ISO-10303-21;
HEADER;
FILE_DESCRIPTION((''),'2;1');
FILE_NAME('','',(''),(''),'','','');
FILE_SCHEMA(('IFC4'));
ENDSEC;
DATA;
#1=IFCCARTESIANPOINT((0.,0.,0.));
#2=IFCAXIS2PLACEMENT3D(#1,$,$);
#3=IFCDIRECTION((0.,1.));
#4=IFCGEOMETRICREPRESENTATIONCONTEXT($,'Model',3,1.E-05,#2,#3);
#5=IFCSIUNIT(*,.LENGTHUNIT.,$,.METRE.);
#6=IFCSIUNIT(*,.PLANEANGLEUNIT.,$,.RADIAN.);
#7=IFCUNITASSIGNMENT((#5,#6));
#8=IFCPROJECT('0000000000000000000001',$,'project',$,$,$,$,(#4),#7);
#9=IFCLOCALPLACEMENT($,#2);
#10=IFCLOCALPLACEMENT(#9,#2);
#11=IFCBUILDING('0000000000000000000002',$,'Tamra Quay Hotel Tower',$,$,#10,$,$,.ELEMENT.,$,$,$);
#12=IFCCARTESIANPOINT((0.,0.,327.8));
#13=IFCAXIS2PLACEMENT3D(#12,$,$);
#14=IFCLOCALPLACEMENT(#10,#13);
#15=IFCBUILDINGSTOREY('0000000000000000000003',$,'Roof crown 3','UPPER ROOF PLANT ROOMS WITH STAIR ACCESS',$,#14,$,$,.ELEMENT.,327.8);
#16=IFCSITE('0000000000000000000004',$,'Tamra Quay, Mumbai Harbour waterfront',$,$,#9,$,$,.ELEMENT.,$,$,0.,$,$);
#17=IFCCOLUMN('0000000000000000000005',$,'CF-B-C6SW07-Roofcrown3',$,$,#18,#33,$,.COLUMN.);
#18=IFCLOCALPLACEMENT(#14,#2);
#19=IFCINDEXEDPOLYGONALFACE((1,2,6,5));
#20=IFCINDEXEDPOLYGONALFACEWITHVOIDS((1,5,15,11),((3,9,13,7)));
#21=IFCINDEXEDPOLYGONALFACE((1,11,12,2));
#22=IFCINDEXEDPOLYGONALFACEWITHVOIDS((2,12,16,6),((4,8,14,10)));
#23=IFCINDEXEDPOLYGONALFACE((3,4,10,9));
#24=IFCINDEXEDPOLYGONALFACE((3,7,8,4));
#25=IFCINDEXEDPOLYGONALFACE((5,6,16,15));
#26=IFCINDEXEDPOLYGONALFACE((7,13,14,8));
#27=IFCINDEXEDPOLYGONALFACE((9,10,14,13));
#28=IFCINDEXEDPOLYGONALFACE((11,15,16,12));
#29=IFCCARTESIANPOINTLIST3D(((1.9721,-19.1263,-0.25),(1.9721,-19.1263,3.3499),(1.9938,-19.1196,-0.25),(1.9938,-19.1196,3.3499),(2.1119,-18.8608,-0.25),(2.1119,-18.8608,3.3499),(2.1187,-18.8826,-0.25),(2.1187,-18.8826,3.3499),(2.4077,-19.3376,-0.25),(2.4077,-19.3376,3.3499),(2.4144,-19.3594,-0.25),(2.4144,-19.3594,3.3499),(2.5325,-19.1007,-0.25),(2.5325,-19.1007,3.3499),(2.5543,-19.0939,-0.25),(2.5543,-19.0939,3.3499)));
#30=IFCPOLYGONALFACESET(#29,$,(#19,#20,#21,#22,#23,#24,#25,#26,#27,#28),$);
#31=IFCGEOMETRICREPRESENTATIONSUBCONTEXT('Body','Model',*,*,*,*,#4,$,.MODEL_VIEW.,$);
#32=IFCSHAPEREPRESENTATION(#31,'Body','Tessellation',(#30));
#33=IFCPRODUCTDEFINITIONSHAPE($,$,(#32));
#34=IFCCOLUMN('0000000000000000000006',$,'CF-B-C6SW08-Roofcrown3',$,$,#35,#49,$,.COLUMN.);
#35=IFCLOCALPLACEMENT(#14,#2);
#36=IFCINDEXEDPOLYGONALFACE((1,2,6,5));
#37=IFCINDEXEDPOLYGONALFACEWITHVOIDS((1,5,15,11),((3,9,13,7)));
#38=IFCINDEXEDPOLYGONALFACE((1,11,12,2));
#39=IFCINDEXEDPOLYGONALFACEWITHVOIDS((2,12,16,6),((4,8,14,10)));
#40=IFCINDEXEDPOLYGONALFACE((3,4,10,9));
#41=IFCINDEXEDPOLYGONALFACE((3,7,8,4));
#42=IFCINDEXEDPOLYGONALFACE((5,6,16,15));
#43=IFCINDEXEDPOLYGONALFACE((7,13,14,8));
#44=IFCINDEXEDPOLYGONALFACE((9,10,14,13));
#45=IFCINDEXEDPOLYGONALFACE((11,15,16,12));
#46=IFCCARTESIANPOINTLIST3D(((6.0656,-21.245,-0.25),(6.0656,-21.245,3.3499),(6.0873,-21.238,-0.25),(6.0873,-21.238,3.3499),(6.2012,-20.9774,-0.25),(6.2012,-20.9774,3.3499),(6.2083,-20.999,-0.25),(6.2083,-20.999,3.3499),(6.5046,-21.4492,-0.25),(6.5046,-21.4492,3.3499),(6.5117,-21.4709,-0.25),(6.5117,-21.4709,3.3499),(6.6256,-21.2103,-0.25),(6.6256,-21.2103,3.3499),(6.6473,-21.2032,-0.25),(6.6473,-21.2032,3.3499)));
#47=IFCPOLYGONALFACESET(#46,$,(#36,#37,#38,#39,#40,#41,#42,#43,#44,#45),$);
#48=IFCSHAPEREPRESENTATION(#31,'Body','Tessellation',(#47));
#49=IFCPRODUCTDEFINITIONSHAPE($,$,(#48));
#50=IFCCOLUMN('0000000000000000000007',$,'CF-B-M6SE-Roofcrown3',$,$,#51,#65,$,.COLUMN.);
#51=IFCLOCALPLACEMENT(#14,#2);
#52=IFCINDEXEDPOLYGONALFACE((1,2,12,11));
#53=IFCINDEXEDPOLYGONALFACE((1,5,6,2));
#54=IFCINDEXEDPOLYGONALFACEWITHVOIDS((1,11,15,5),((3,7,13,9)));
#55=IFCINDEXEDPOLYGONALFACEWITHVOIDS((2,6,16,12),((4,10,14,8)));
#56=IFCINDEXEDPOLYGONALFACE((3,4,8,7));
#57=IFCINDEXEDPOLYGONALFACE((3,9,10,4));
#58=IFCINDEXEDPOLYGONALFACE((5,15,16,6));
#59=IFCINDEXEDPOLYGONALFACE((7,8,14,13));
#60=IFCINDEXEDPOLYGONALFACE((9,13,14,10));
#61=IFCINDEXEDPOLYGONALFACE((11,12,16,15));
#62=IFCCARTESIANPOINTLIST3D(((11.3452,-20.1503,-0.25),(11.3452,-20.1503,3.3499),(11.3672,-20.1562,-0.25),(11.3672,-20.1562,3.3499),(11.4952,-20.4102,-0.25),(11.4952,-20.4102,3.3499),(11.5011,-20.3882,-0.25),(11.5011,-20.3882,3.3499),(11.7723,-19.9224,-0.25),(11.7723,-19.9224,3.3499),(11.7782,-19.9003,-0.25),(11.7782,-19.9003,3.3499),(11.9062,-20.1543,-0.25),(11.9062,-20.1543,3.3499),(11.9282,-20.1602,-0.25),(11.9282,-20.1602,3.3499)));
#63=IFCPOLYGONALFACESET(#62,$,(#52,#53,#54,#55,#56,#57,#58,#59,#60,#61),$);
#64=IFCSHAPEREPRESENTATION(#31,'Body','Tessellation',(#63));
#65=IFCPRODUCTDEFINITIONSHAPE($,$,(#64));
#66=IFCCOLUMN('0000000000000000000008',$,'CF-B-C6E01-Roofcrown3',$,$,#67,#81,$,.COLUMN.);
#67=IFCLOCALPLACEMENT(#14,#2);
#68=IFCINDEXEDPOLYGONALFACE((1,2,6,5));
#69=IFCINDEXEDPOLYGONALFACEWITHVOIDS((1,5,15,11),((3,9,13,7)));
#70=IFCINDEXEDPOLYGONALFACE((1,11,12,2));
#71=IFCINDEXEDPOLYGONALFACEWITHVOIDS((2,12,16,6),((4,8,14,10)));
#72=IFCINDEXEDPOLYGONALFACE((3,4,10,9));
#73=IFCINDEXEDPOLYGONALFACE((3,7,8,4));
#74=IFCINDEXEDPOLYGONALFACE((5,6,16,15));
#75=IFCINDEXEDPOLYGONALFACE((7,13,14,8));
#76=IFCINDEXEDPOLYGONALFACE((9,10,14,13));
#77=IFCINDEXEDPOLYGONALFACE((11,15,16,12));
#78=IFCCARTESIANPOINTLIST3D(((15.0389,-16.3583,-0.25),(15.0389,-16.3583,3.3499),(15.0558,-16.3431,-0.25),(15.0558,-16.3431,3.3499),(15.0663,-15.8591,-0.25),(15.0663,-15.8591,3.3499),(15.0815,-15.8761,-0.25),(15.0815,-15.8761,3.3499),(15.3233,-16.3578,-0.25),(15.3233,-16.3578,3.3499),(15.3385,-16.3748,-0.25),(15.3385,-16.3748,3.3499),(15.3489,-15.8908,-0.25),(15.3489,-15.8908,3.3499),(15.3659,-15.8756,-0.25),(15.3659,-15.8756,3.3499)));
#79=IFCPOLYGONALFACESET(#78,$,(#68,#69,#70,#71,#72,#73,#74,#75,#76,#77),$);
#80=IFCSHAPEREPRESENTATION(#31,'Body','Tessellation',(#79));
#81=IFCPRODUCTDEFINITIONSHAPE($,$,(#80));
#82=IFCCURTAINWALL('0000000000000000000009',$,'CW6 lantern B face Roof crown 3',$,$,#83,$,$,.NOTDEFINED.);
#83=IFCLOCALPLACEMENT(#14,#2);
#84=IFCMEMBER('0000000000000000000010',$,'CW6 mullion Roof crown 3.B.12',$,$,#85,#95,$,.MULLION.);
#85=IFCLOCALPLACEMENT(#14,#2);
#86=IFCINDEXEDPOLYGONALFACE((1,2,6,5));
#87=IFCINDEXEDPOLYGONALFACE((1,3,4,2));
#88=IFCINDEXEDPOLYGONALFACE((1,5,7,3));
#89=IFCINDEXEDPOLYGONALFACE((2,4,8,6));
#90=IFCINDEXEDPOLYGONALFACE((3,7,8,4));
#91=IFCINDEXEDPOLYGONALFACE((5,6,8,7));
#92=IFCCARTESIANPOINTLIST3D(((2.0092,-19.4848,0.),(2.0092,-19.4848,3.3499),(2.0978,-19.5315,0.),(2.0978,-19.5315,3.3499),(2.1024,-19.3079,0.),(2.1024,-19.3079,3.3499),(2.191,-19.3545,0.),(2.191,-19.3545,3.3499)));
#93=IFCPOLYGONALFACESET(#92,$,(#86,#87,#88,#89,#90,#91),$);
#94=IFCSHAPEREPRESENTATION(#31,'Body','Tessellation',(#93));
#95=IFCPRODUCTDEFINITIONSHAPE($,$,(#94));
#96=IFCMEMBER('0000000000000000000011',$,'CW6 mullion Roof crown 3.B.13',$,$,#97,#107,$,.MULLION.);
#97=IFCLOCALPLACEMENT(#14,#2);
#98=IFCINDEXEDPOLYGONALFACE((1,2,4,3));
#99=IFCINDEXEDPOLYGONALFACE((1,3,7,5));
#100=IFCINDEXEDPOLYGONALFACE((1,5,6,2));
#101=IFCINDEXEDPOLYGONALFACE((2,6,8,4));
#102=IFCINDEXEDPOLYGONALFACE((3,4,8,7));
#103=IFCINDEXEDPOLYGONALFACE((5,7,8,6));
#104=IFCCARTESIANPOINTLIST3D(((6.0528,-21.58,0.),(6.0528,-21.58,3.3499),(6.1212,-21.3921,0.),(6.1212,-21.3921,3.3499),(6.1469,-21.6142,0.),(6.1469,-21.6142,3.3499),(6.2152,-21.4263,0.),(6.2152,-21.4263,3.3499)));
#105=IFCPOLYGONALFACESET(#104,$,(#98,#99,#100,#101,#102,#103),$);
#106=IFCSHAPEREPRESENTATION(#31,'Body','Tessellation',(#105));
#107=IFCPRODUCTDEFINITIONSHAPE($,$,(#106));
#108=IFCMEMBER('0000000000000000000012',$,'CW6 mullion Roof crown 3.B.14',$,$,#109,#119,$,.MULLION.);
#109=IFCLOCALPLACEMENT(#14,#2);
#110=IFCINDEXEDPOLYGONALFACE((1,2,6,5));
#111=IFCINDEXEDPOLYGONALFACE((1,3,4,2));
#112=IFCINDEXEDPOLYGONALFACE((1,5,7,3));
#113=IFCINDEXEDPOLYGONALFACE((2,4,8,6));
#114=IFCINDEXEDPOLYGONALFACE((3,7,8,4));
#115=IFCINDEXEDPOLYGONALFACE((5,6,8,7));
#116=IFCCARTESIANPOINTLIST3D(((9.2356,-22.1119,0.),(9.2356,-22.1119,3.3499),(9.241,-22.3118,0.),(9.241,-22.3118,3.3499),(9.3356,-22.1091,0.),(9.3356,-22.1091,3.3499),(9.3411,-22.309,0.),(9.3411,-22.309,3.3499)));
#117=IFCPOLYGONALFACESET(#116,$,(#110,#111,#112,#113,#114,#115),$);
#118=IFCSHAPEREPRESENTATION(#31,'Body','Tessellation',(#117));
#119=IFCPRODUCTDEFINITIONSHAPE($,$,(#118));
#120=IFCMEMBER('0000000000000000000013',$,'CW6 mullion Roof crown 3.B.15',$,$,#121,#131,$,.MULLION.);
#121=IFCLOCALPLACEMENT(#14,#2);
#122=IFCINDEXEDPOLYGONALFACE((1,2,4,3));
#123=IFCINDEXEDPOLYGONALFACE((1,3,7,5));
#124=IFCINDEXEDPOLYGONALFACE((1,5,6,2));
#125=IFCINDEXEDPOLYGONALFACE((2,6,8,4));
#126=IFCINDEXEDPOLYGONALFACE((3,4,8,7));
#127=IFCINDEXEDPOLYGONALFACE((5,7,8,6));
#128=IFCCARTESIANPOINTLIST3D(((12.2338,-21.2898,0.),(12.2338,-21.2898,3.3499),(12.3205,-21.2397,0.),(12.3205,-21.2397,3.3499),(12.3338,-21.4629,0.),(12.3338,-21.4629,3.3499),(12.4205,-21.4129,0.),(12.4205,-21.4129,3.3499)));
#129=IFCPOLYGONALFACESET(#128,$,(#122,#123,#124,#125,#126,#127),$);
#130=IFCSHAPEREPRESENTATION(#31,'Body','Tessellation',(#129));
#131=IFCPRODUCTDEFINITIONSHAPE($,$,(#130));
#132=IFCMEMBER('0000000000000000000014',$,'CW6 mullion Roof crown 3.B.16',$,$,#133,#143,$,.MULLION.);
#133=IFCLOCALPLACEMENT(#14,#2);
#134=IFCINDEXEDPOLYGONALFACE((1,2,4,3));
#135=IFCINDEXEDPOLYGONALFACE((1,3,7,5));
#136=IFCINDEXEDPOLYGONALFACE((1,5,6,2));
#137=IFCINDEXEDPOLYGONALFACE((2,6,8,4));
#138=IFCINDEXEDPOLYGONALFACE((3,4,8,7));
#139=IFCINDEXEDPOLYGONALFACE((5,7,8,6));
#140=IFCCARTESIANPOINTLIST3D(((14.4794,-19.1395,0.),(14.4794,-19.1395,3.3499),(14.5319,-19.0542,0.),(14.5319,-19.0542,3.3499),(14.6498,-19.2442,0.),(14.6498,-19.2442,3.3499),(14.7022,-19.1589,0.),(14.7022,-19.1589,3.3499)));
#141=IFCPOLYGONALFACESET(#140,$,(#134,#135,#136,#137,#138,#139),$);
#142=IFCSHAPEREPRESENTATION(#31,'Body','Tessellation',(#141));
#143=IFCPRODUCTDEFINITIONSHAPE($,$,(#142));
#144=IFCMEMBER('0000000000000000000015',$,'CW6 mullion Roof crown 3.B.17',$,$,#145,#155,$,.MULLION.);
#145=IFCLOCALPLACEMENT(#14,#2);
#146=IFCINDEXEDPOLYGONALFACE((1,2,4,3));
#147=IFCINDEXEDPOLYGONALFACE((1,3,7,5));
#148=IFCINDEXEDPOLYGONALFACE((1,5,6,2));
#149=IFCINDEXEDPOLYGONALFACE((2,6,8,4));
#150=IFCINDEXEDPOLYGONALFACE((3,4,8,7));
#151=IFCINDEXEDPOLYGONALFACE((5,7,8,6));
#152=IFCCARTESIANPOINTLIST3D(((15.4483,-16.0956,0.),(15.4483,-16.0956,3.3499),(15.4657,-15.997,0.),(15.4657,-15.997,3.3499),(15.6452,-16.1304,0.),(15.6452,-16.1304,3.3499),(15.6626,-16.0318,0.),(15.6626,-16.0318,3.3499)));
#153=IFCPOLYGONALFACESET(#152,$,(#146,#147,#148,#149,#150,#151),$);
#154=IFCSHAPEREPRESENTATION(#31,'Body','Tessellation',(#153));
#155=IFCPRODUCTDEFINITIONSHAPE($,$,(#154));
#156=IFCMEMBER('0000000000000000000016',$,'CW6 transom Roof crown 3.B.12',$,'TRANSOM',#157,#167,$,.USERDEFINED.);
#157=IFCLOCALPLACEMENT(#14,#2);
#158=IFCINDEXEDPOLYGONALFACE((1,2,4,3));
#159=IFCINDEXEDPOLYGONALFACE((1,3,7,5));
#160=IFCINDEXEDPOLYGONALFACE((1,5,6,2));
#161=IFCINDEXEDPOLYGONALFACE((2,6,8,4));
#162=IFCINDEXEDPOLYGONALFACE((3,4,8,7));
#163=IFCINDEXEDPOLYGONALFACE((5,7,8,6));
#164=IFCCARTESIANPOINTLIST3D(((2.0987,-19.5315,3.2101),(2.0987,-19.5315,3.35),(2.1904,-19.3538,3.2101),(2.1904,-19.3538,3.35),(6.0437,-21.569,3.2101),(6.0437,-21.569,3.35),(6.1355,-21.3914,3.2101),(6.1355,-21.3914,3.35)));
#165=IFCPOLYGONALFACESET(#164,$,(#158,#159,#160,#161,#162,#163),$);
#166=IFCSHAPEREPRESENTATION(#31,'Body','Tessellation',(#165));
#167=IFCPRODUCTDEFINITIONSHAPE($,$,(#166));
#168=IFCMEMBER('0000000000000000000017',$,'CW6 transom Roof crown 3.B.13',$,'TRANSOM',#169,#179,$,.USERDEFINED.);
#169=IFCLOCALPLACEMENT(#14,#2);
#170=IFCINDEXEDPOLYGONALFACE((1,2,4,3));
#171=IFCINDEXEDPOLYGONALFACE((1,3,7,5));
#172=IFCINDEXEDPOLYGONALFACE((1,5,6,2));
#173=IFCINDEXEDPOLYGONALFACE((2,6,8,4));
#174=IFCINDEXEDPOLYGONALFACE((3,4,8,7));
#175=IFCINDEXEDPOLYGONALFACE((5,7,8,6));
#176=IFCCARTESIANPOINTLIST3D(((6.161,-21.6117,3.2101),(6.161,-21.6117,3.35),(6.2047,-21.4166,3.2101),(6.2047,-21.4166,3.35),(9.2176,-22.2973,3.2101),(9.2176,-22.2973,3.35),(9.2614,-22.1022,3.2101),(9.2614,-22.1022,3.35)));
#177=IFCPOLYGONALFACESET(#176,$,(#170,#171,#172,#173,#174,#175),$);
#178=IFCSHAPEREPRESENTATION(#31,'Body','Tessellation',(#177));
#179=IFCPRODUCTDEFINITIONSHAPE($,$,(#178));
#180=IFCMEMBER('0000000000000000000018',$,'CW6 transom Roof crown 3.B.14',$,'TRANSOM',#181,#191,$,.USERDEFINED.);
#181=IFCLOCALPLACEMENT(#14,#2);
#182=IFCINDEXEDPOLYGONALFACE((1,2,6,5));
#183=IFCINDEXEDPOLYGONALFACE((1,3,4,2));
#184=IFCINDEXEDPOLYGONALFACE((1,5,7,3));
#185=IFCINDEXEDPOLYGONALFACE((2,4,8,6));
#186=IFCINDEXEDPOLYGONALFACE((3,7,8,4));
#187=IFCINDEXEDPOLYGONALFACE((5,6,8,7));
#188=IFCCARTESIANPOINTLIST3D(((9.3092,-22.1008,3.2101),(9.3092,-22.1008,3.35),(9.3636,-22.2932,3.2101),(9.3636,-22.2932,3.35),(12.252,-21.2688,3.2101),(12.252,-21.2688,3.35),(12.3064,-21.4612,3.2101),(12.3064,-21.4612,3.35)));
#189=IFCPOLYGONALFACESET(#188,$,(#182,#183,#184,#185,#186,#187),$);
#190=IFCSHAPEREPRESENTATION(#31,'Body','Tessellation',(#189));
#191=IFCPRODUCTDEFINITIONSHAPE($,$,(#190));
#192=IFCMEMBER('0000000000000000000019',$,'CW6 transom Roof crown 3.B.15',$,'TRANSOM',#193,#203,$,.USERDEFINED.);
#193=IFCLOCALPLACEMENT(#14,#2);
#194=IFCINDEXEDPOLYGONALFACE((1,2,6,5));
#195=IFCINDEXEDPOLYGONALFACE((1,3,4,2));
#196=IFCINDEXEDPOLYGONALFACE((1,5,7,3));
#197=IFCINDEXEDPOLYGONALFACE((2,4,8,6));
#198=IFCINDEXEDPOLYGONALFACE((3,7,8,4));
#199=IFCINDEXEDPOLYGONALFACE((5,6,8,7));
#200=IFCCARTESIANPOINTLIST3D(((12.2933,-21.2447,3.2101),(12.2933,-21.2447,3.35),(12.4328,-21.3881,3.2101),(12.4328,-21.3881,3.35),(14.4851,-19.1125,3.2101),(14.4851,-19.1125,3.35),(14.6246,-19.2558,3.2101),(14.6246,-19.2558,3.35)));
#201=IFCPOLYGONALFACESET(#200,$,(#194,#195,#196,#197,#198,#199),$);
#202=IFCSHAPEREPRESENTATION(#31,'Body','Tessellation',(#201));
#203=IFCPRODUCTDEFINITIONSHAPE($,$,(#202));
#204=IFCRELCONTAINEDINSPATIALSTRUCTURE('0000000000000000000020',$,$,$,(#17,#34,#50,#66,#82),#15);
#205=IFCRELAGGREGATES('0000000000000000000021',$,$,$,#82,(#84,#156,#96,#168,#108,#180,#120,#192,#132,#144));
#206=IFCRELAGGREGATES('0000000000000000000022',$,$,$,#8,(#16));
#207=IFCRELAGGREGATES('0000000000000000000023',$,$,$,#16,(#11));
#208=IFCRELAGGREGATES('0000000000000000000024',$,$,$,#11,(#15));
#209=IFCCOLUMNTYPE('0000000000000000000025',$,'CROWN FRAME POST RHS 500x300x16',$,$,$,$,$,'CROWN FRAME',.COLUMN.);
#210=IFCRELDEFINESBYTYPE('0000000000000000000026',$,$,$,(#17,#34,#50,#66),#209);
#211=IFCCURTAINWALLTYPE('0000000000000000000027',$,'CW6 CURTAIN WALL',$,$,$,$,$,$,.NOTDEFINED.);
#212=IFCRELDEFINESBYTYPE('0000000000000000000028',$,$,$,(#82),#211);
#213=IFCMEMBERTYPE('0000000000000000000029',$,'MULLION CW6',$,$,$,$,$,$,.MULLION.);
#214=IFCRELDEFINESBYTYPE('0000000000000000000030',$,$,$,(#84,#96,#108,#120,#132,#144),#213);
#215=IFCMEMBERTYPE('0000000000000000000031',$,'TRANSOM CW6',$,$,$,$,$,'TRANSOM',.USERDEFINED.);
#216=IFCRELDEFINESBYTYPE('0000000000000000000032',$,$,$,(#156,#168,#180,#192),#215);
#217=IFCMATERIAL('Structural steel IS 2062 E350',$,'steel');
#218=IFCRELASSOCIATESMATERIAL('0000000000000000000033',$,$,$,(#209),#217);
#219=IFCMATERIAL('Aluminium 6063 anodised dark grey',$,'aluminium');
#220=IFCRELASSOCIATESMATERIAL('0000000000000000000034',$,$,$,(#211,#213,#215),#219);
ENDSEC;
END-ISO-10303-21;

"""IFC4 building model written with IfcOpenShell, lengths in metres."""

from ifc_helpers import new_model, si_unit, direction, frame, origin, origin_2d, place, context, subcontext, project, spatial, rectangle, hollow_rectangle, extrude, material, material_profile, profile_set, type_object, element, aggregate, save


model = new_model("IFC4")

# Units and contexts
model_context = context("Model", 3, precision=1e-05, world=origin(), true_north=direction((0.0, 1.0)))
body_context = subcontext(model_context, "Body", "Model", "MODEL_VIEW")
ifc_project = project(units=[si_unit("LENGTHUNIT", "METRE"), si_unit("PLANEANGLEUNIT", "RADIAN")], contexts=[model_context])

# Site, building, storey
site_placement = place(None, origin())
site = spatial("IfcSite", under=ifc_project, at=site_placement, Name="Tamra Quay, Mumbai Harbour waterfront", CompositionType="ELEMENT", RefElevation=0.0)
building_placement = place(site_placement, origin())
building = spatial("IfcBuilding", under=site, at=building_placement, Name="Tamra Quay Hotel Tower", CompositionType="ELEMENT")
storey_placement = place(building_placement, frame((0.0, 0.0, 327.8)))
storey = spatial("IfcBuildingStorey", under=building, at=storey_placement, Name="Roof crown 3", Description="UPPER ROOF PLANT ROOMS WITH STAIR ACCESS", CompositionType="ELEMENT", Elevation=327.8)

# Columns
ifc_material_1 = material(Name="Structural steel IS 2062 E350", Category="steel")
ifc_material_profile_1 = material_profile(ifc_material_1, hollow_rectangle(XDim=0.3, YDim=0.5, WallThickness=0.0161, at=origin_2d()), Name="RHS 500x300x16")
ifc_profile_set_1 = profile_set([ifc_material_profile_1], Name="Structural steel IS 2062 E350")
column_type = type_object("IfcColumnType", Name="CROWN FRAME POST RHS 500x300x16", ElementType="CROWN FRAME", PredefinedType="COLUMN", material=ifc_profile_set_1)
for number, where, z_axis, x_axis, name in (
    (1, (2.2632, -19.1101, -0.25), (0.0, 0.0, 1.0), (0.466118, 0.884723, 0.0), "CF-B-C6SW07-Roofcrown3"),
    (2, (6.3564, -21.2241, -0.25), (0.0, 0.0, 1.0), (0.451686, 0.892177, 0.0), "CF-B-C6SW08-Roofcrown3"),
    (3, (11.6367, -20.1553, -0.25), (0.0, 0.0, 1.0), (-0.5, 0.866025, 0.0), "CF-B-M6SE-Roofcrown3"),
    (4, (15.2024, -16.1169, -0.25), (0.0, 0.0, 1.0), (-0.998491, 0.054917, 0.0), "CF-B-C6E01-Roofcrown3"),
):
    element("IfcColumn", number, at=place(storey_placement, frame(where, z_axis=z_axis, x_axis=x_axis)), inside=storey, type_object=column_type, Name=name, PredefinedType="COLUMN", context=body_context, shape_type="SweptSolid", body=[
        extrude(hollow_rectangle(XDim=0.3, YDim=0.5, WallThickness=0.0161, at=origin_2d()), origin(), (0.0, 0.0, 1.0), 3.5999),
    ])

# Curtain wall, members
ifc_material_2 = material(Name="Aluminium 6063 anodised dark grey", Category="aluminium")
curtain_wall_type = type_object("IfcCurtainWallType", Name="CW6 CURTAIN WALL", PredefinedType="NOTDEFINED", material=ifc_material_2)
curtain_wall_placement = place(storey_placement, origin())
curtain_wall = element("IfcCurtainWall", 5, at=curtain_wall_placement, inside=storey, type_object=curtain_wall_type, Name="CW6 lantern B face Roof crown 3", PredefinedType="NOTDEFINED")
ifc_material_profile_2 = material_profile(ifc_material_2, rectangle(XDim=0.2, YDim=0.1001, at=origin_2d()), Name="MULLION 100X200")
ifc_profile_set_2 = profile_set([ifc_material_profile_2], Name="Aluminium 6063 anodised dark grey")
member_type_1 = type_object("IfcMemberType", Name="MULLION CW6", PredefinedType="MULLION", material=ifc_profile_set_2)
member_1_placement = place(storey_placement, frame((2.1001, -19.4197, 0.0), z_axis=(0.0, 0.0, 1.0), x_axis=(-0.465816, -0.884882, 0.0)))
member_1 = element("IfcMember", 6, at=member_1_placement, type_object=member_type_1, Name="CW6 mullion Roof crown 3.B.12", PredefinedType="MULLION", context=body_context, shape_type="SweptSolid", body=[
    extrude(rectangle(XDim=0.2, YDim=0.1001, at=origin_2d()), origin(), (0.0, 0.0, 1.0), 3.3499),
])
member_2_placement = place(storey_placement, frame((6.134, -21.5032, 0.0), z_axis=(0.0, 0.0, 1.0), x_axis=(-0.341653, -0.939826, 0.0)))
member_2 = element("IfcMember", 7, at=member_2_placement, type_object=member_type_1, Name="CW6 mullion Roof crown 3.B.13", PredefinedType="MULLION", context=body_context, shape_type="SweptSolid", body=[
    extrude(rectangle(XDim=0.2, YDim=0.1001, at=origin_2d()), origin(), (0.0, 0.0, 1.0), 3.3499),
])
member_3_placement = place(storey_placement, frame((9.2883, -22.2104, 0.0), z_axis=(0.0, 0.0, 1.0), x_axis=(0.027469, -0.999623, 0.0)))
member_3 = element("IfcMember", 8, at=member_3_placement, type_object=member_type_1, Name="CW6 mullion Roof crown 3.B.14", PredefinedType="MULLION", context=body_context, shape_type="SweptSolid", body=[
    extrude(rectangle(XDim=0.2, YDim=0.1001, at=origin_2d()), origin(), (0.0, 0.0, 1.0), 3.3499),
])
member_4_placement = place(storey_placement, frame((12.3271, -21.3513, 0.0), z_axis=(0.0, 0.0, 1.0), x_axis=(0.5, -0.866025, 0.0)))
member_4 = element("IfcMember", 9, at=member_4_placement, type_object=member_type_1, Name="CW6 mullion Roof crown 3.B.15", PredefinedType="MULLION", context=body_context, shape_type="SweptSolid", body=[
    extrude(rectangle(XDim=0.2, YDim=0.1001, at=origin_2d()), origin(), (0.0, 0.0, 1.0), 3.3499),
])
member_5_placement = place(storey_placement, frame((14.5908, -19.1492, 0.0), z_axis=(0.0, 0.0, 1.0), x_axis=(0.851964, -0.5236, 0.0)))
member_5 = element("IfcMember", 10, at=member_5_placement, type_object=member_type_1, Name="CW6 mullion Roof crown 3.B.16", PredefinedType="MULLION", context=body_context, shape_type="SweptSolid", body=[
    extrude(rectangle(XDim=0.2, YDim=0.1001, at=origin_2d()), origin(), (0.0, 0.0, 1.0), 3.3499),
])
member_6_placement = place(storey_placement, frame((15.5554, -16.0637, 0.0), z_axis=(0.0, 0.0, 1.0), x_axis=(0.98474, -0.174032, 0.0)))
member_6 = element("IfcMember", 11, at=member_6_placement, type_object=member_type_1, Name="CW6 mullion Roof crown 3.B.17", PredefinedType="MULLION", context=body_context, shape_type="SweptSolid", body=[
    extrude(rectangle(XDim=0.2, YDim=0.1001, at=origin_2d()), origin(), (0.0, 0.0, 1.0), 3.3499),
])
ifc_material_profile_3 = material_profile(ifc_material_2, rectangle(XDim=0.2, YDim=0.1399, at=origin_2d()), Name="TRANSOM 200X140")
ifc_profile_set_3 = profile_set([ifc_material_profile_3], Name="Aluminium 6063 anodised dark grey")
member_type_2 = type_object("IfcMemberType", Name="TRANSOM CW6", ElementType="TRANSOM", PredefinedType="USERDEFINED", material=ifc_profile_set_3)
member_7_placement = place(storey_placement, frame((2.1445, -19.4426, 3.28), z_axis=(0.888489, -0.458898, 0.0), x_axis=(0.458898, 0.888489, 0.0)))
member_7 = element("IfcMember", 12, at=member_7_placement, type_object=member_type_2, Name="CW6 transom Roof crown 3.B.12", ObjectType="TRANSOM", PredefinedType="USERDEFINED", context=body_context, shape_type="SweptSolid", body=[
    extrude(rectangle(XDim=0.2, YDim=0.1399, at=origin_2d()), origin(), (0.0, 0.0, 1.0), 4.4402),
])
member_8_placement = place(storey_placement, frame((6.1829, -21.5142, 3.28), z_axis=(0.97576, -0.218845, 0.0), x_axis=(0.218845, 0.97576, 0.0)))
member_8 = element("IfcMember", 13, at=member_8_placement, type_object=member_type_2, Name="CW6 transom Roof crown 3.B.13", ObjectType="TRANSOM", PredefinedType="USERDEFINED", context=body_context, shape_type="SweptSolid", body=[
    extrude(rectangle(XDim=0.2, YDim=0.1399, at=origin_2d()), origin(), (0.0, 0.0, 1.0), 3.1326),
])
member_9_placement = place(storey_placement, frame((9.3364, -22.197, 3.28), z_axis=(0.962274, 0.272084, 0.0), x_axis=(-0.272084, 0.962274, 0.0)))
member_9 = element("IfcMember", 14, at=member_9_placement, type_object=member_type_2, Name="CW6 transom Roof crown 3.B.14", ObjectType="TRANSOM", PredefinedType="USERDEFINED", context=body_context, shape_type="SweptSolid", body=[
    extrude(rectangle(XDim=0.2, YDim=0.1399, at=origin_2d()), origin(), (0.0, 0.0, 1.0), 3.0581),
])
member_10_placement = place(storey_placement, frame((12.363, -21.3164, 3.28), z_axis=(0.71678, 0.6973, 0.0), x_axis=(-0.6973, 0.71678, 0.0)))
member_10 = element("IfcMember", 15, at=member_10_placement, type_object=member_type_2, Name="CW6 transom Roof crown 3.B.15", ObjectType="TRANSOM", PredefinedType="USERDEFINED", context=body_context, shape_type="SweptSolid", body=[
    extrude(rectangle(XDim=0.2, YDim=0.1399, at=origin_2d()), origin(), (0.0, 0.0, 1.0), 3.0579),
])
aggregate(curtain_wall, [member_1, member_7, member_2, member_8, member_3, member_9, member_4, member_10, member_5, member_6])

save(model, "model.ifc")
